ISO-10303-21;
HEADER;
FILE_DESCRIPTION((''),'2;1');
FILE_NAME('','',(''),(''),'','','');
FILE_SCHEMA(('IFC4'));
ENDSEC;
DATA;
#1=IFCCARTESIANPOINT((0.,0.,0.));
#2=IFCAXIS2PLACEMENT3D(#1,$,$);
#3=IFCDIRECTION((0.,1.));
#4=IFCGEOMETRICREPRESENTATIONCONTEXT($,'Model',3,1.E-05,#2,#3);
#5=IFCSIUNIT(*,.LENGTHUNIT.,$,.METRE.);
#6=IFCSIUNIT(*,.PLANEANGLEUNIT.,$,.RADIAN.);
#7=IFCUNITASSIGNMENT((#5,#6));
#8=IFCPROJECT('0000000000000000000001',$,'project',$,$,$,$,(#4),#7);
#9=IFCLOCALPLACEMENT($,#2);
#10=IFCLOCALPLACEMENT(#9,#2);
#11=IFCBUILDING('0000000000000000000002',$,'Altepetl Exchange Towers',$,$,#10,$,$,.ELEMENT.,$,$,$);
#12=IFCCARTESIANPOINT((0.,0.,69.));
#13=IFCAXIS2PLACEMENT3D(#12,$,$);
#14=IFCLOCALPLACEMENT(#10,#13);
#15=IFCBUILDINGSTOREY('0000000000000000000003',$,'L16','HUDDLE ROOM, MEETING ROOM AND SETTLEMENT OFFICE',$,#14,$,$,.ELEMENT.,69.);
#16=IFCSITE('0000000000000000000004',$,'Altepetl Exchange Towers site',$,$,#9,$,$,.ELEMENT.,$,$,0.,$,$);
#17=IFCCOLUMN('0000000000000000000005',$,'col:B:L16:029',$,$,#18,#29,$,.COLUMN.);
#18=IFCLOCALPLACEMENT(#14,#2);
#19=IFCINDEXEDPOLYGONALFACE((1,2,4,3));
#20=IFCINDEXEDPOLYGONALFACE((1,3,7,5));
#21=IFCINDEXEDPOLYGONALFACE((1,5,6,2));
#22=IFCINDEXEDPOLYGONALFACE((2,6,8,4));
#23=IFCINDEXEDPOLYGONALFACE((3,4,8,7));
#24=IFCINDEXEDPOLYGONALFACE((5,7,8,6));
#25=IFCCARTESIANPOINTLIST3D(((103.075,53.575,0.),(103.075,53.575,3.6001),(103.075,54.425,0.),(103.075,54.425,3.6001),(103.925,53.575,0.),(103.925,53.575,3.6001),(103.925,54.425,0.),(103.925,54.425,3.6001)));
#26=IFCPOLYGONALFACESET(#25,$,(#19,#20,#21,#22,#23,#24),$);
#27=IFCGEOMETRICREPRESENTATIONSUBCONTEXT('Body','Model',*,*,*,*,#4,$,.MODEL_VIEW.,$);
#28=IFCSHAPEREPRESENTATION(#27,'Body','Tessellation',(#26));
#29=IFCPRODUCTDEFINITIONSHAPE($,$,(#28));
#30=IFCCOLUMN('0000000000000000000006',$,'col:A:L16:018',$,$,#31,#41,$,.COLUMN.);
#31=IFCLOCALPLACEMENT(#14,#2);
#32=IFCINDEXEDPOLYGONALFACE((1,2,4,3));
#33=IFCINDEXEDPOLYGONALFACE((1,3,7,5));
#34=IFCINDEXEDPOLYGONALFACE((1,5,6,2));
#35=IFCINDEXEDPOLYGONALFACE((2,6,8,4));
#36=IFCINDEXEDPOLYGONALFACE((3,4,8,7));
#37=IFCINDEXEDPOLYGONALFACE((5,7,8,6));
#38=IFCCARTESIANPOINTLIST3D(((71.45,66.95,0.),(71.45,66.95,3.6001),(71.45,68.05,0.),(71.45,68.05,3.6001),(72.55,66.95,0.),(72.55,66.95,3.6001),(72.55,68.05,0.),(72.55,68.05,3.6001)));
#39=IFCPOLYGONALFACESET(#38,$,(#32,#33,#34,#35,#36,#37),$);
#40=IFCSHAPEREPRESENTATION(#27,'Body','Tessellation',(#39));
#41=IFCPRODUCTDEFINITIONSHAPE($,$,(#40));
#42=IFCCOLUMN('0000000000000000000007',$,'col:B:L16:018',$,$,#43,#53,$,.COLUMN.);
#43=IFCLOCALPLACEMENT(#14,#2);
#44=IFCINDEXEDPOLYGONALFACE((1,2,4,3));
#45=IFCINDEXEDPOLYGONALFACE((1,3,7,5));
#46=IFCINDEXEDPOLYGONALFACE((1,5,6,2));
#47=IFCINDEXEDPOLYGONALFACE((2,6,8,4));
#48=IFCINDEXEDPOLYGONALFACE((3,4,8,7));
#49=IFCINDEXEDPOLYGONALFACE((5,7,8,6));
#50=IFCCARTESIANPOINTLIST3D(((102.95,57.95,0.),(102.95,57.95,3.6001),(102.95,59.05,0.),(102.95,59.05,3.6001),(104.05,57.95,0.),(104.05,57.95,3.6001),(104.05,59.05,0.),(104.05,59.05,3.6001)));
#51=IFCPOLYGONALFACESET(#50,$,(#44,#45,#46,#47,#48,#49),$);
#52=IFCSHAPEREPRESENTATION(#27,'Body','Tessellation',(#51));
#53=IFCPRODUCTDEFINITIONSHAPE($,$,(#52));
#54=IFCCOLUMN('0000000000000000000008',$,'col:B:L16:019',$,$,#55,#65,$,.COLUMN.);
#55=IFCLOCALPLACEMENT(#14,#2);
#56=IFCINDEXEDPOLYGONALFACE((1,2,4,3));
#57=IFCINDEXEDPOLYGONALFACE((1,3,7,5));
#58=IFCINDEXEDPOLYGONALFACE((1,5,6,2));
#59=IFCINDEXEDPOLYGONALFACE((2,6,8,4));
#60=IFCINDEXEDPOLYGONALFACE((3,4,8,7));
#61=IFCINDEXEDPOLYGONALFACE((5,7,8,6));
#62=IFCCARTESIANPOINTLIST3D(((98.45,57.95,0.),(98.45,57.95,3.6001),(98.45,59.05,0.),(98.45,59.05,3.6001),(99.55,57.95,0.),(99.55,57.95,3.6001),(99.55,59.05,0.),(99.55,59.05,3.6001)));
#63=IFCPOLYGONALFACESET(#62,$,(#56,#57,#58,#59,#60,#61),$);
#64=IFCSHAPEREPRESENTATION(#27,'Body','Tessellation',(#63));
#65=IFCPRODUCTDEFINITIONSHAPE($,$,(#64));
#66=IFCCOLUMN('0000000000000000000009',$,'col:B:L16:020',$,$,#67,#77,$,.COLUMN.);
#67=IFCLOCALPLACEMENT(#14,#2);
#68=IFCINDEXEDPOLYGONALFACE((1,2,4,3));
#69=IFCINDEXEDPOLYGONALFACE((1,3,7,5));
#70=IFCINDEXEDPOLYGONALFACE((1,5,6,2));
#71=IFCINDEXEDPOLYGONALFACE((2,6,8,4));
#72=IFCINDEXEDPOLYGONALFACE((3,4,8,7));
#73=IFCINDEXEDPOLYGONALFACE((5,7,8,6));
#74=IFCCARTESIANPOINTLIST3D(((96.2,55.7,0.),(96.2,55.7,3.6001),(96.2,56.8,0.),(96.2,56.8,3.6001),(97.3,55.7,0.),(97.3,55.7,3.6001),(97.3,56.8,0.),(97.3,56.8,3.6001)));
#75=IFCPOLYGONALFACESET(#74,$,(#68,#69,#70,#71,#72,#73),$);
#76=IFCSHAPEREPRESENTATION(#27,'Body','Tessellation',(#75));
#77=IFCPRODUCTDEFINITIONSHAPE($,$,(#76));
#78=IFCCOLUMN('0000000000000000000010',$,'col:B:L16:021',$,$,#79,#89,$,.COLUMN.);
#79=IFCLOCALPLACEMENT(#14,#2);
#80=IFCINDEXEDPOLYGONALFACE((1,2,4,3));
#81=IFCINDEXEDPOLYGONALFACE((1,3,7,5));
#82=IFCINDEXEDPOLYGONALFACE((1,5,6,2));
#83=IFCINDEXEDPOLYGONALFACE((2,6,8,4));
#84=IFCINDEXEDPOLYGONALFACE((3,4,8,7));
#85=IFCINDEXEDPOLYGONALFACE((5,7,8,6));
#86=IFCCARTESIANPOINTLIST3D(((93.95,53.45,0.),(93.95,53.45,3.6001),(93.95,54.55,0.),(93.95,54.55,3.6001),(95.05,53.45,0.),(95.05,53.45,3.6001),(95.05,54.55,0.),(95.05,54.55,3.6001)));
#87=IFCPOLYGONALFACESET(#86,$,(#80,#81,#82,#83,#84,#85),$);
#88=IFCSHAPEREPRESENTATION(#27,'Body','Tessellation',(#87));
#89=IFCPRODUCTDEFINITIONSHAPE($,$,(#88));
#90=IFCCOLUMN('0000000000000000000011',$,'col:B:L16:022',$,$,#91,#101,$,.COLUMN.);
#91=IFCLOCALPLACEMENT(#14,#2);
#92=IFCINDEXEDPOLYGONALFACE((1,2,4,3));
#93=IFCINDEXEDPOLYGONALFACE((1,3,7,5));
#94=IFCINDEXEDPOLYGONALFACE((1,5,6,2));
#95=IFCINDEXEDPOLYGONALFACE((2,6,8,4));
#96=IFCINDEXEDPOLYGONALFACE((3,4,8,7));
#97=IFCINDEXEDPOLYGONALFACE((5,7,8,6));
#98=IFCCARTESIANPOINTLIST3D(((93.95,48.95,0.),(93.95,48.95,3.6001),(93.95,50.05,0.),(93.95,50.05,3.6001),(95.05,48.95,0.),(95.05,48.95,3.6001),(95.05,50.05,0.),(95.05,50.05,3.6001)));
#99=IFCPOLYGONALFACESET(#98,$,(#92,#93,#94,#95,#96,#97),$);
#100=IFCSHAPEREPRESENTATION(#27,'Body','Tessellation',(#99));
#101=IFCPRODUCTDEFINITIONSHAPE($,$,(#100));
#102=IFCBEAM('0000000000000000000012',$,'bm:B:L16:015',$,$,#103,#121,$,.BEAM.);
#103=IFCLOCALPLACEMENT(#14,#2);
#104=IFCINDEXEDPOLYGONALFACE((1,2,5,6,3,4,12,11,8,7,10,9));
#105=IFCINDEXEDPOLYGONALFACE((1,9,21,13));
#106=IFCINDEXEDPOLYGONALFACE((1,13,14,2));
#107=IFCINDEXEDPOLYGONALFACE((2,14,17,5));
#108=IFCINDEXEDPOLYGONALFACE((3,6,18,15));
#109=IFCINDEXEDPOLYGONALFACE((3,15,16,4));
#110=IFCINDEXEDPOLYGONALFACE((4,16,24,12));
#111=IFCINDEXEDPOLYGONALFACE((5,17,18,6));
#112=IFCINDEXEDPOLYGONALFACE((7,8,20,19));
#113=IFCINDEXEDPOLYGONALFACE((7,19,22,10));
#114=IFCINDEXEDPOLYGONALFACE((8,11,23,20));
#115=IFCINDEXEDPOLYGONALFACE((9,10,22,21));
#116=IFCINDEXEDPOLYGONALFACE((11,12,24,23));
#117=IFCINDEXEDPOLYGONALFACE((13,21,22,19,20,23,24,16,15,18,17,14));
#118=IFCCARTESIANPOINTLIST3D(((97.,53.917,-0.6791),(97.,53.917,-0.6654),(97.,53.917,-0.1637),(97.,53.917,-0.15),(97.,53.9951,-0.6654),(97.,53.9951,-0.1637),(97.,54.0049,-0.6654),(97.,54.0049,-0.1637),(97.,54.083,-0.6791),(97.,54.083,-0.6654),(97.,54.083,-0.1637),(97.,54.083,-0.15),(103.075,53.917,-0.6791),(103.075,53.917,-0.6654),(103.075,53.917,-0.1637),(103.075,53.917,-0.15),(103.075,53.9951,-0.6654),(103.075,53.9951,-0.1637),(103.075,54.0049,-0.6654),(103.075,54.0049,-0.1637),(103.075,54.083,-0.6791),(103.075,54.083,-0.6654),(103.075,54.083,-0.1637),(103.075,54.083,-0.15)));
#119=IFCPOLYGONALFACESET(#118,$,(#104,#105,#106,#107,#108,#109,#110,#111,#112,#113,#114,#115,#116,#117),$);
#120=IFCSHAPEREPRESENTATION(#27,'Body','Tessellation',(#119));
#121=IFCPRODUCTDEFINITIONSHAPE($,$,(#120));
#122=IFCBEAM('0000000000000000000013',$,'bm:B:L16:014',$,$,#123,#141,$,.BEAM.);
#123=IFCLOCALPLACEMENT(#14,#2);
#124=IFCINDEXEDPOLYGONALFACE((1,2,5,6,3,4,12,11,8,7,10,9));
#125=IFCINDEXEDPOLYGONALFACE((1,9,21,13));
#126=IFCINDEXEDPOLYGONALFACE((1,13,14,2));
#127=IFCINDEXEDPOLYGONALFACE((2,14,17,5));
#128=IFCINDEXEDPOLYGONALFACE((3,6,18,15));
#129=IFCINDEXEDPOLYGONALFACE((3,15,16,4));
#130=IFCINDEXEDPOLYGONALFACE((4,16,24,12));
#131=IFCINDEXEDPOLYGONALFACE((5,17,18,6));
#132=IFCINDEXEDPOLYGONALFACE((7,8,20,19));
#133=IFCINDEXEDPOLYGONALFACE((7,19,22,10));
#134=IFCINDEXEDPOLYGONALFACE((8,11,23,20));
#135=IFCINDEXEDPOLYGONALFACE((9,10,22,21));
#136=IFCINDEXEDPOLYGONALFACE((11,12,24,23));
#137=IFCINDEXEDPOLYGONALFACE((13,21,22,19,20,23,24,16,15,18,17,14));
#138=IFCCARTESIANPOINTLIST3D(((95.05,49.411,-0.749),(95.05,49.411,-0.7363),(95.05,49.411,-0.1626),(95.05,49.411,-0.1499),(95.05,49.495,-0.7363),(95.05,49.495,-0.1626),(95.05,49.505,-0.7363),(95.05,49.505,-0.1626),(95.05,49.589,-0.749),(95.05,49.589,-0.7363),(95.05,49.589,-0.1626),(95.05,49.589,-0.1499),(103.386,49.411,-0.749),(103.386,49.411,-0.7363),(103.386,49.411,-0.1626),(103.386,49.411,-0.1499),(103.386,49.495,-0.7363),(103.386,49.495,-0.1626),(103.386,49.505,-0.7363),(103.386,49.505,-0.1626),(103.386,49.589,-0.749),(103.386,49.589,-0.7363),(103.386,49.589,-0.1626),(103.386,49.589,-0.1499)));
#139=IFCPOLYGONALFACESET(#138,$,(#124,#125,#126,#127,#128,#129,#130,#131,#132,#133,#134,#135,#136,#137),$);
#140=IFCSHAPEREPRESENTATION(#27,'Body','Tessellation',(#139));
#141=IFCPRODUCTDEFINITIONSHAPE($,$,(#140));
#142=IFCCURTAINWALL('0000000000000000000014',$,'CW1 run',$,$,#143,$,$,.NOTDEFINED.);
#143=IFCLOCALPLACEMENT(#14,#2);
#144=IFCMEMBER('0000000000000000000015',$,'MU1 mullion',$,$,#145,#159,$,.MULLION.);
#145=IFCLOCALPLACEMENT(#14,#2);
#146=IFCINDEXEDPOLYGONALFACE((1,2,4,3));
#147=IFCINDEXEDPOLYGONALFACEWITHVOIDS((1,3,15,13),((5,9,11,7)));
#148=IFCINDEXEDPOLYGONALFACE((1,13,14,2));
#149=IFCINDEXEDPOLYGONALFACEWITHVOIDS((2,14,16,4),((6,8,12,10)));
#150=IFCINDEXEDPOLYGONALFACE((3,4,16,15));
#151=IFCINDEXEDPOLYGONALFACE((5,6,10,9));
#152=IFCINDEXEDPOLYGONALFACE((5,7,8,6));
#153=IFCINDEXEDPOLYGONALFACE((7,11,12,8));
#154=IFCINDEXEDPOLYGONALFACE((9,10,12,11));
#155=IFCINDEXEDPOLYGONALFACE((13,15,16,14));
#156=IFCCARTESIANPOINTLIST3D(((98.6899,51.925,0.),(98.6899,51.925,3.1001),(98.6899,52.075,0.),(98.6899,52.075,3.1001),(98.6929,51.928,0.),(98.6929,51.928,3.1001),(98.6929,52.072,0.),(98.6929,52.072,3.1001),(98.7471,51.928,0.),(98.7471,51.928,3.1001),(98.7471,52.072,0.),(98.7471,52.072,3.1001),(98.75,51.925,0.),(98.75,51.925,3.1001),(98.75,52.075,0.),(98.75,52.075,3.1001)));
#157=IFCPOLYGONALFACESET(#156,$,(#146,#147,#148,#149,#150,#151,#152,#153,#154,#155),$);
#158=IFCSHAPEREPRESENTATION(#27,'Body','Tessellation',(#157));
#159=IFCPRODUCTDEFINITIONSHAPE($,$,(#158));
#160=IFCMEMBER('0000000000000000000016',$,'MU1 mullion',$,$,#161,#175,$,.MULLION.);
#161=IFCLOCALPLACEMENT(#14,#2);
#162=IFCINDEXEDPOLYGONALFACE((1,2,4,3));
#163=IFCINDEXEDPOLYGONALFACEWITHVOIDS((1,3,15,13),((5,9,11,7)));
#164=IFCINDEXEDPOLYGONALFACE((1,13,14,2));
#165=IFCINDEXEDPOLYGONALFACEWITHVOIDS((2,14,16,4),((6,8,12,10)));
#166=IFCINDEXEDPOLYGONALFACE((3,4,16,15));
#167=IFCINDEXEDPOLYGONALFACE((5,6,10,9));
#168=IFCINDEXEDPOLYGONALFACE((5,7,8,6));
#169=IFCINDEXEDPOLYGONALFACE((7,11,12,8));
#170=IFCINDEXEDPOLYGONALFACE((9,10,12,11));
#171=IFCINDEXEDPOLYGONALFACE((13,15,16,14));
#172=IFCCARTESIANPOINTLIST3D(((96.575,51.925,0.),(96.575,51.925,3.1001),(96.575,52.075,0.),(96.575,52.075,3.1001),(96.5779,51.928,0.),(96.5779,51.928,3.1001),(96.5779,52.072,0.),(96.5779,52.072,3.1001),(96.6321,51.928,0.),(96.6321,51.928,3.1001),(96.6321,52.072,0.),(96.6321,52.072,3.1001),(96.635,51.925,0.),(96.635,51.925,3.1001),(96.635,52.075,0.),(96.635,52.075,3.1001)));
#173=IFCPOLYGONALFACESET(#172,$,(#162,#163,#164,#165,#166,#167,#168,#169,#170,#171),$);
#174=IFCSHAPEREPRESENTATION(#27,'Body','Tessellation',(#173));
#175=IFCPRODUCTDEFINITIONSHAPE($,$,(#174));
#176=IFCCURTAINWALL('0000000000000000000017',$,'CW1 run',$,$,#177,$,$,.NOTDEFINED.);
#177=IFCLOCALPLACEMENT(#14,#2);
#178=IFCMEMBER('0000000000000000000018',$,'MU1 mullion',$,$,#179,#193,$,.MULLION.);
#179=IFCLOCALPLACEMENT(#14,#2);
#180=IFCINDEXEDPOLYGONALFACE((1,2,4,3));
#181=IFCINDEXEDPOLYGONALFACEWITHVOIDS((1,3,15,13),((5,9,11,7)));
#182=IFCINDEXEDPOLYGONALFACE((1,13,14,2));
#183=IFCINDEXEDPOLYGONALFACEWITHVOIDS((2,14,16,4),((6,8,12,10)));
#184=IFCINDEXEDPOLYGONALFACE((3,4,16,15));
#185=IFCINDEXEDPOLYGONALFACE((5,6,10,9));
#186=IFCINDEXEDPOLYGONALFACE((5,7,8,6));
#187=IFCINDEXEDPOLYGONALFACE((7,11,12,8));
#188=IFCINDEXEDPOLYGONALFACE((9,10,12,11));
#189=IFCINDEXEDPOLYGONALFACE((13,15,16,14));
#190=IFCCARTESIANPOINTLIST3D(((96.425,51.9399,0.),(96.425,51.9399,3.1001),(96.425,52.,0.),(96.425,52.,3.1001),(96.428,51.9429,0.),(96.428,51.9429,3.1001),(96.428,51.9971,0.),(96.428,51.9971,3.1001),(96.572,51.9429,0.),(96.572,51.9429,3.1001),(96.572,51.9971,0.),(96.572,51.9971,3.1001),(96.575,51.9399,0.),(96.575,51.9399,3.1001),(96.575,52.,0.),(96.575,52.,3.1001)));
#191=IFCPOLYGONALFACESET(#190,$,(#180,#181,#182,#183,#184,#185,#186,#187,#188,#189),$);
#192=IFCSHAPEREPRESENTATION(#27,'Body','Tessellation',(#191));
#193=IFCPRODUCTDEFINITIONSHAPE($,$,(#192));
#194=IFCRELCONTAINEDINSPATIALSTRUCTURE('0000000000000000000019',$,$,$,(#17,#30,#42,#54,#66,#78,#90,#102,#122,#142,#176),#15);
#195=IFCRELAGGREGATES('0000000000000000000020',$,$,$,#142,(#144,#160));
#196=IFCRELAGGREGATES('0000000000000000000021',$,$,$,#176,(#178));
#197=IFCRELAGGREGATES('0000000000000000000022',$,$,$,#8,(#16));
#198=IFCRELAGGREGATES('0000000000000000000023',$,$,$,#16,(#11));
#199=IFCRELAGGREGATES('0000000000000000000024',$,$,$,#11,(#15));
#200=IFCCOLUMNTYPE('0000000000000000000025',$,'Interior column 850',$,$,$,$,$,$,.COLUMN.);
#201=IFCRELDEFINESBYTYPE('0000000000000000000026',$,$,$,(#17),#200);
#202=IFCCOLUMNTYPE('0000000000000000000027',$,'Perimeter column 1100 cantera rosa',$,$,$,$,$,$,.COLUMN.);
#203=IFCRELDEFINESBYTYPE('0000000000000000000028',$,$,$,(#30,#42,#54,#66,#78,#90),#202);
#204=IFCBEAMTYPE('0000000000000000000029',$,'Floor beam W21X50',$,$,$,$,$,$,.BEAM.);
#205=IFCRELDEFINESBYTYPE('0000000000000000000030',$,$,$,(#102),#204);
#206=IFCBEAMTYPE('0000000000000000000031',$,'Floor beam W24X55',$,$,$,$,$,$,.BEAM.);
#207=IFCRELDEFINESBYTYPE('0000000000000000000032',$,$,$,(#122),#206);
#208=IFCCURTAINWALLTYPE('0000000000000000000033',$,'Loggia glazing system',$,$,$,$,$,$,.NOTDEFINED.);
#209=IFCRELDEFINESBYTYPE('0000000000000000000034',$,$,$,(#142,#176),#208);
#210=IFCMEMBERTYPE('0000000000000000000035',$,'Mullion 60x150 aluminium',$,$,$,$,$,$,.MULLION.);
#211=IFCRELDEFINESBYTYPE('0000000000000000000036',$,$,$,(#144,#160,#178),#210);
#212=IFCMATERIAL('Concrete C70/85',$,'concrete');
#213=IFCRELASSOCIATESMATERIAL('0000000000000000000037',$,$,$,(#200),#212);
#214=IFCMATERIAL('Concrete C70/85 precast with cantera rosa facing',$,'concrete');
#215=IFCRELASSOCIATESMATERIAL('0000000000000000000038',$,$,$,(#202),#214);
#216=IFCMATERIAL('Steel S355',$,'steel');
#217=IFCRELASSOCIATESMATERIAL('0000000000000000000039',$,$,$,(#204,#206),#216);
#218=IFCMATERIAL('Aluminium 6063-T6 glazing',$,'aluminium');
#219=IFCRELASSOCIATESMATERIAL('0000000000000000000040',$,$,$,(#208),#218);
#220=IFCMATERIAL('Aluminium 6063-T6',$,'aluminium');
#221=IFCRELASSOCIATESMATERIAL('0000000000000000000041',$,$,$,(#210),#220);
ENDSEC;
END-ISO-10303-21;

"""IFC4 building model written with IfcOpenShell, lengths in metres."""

from ifc_helpers import new_model, si_unit, direction, frame, origin, origin_2d, place, context, subcontext, project, spatial, rectangle, hollow_rectangle, i_section, extrude, material, material_profile, profile_set, type_object, element, aggregate, save


model = new_model("IFC4")

# Units and contexts
model_context = context("Model", 3, precision=1e-05, world=origin(), true_north=direction((0.0, 1.0)))
body_context = subcontext(model_context, "Body", "Model", "MODEL_VIEW")
ifc_project = project(units=[si_unit("LENGTHUNIT", "METRE"), si_unit("PLANEANGLEUNIT", "RADIAN")], contexts=[model_context])

# Site, building, storey
site_placement = place(None, origin())
site = spatial("IfcSite", under=ifc_project, at=site_placement, Name="Altepetl Exchange Towers site", CompositionType="ELEMENT", RefElevation=0.0)
building_placement = place(site_placement, origin())
building = spatial("IfcBuilding", under=site, at=building_placement, Name="Altepetl Exchange Towers", CompositionType="ELEMENT")
storey_placement = place(building_placement, frame((0.0, 0.0, 69.0)))
storey = spatial("IfcBuildingStorey", under=building, at=storey_placement, Name="L16", Description="HUDDLE ROOM, MEETING ROOM AND SETTLEMENT OFFICE", CompositionType="ELEMENT", Elevation=69.0)

# Columns
ifc_material_1 = material(Name="Concrete C70/85", Category="concrete")
ifc_material_profile_1 = material_profile(ifc_material_1, rectangle(XDim=0.8501, YDim=0.8501, at=origin_2d()), Name="850 x 850")
ifc_profile_set_1 = profile_set([ifc_material_profile_1], Name="Concrete C70/85")
column_type_1 = type_object("IfcColumnType", Name="Interior column 850", PredefinedType="COLUMN", material=ifc_profile_set_1)
column_placement = place(storey_placement, frame((103.5, 54.0, 0.0)))
element("IfcColumn", 1, at=column_placement, inside=storey, type_object=column_type_1, Name="col:B:L16:029", PredefinedType="COLUMN", context=body_context, shape_type="SweptSolid", body=[
    extrude(rectangle(XDim=0.8501, YDim=0.8501, at=origin_2d()), origin(), (0.0, 0.0, 1.0), 3.6001),
])
ifc_material_2 = material(Name="Concrete C70/85 precast with cantera rosa facing", Category="concrete")
ifc_material_profile_2 = material_profile(ifc_material_2, rectangle(XDim=1.1001, YDim=1.1001, at=origin_2d()), Name="1100 x 1100")
ifc_profile_set_2 = profile_set([ifc_material_profile_2], Name="Concrete C70/85 precast with cantera rosa facing")
column_type_2 = type_object("IfcColumnType", Name="Perimeter column 1100 cantera rosa", PredefinedType="COLUMN", material=ifc_profile_set_2)
for number, where, name in (
    (2, (72.0, 67.5, 0.0), "col:A:L16:018"),
    (3, (103.5, 58.5, 0.0), "col:B:L16:018"),
    (4, (99.0, 58.5, 0.0), "col:B:L16:019"),
    (5, (96.75, 56.25, 0.0), "col:B:L16:020"),
    (6, (94.5, 54.0, 0.0), "col:B:L16:021"),
    (7, (94.5, 49.5, 0.0), "col:B:L16:022"),
):
    element("IfcColumn", number, at=place(storey_placement, frame(where)), inside=storey, type_object=column_type_2, Name=name, PredefinedType="COLUMN", context=body_context, shape_type="SweptSolid", body=[
        extrude(rectangle(XDim=1.1001, YDim=1.1001, at=origin_2d()), origin(), (0.0, 0.0, 1.0), 3.6001),
    ])

# Beams
ifc_material_3 = material(Name="Steel S355", Category="steel")
ifc_material_profile_3 = material_profile(ifc_material_3, i_section(OverallWidth=0.166, OverallDepth=0.5291, WebThickness=0.0098, FlangeThickness=0.0137, at=origin_2d()), Name="W21X50")
ifc_profile_set_3 = profile_set([ifc_material_profile_3], Name="Steel S355")
beam_type_1 = type_object("IfcBeamType", Name="Floor beam W21X50", PredefinedType="BEAM", material=ifc_profile_set_3)
beam_1_placement = place(storey_placement, frame((97.0, 54.0, -0.4146), z_axis=(1.0, 0.0, 0.0), x_axis=(0.0, 1.0, 0.0)))
element("IfcBeam", 8, at=beam_1_placement, inside=storey, type_object=beam_type_1, Name="bm:B:L16:015", PredefinedType="BEAM", context=body_context, shape_type="SweptSolid", body=[
    extrude(i_section(OverallWidth=0.166, OverallDepth=0.5291, WebThickness=0.0098, FlangeThickness=0.0137, at=origin_2d()), origin(), (0.0, 0.0, 1.0), 6.075),
])
ifc_material_profile_4 = material_profile(ifc_material_3, i_section(OverallWidth=0.178, OverallDepth=0.5991, WebThickness=0.01, FlangeThickness=0.0127, at=origin_2d()), Name="W24X55")
ifc_profile_set_4 = profile_set([ifc_material_profile_4], Name="Steel S355")
beam_type_2 = type_object("IfcBeamType", Name="Floor beam W24X55", PredefinedType="BEAM", material=ifc_profile_set_4)
beam_2_placement = place(storey_placement, frame((95.05, 49.5, -0.4495), z_axis=(1.0, 0.0, 0.0), x_axis=(0.0, 1.0, 0.0)))
element("IfcBeam", 9, at=beam_2_placement, inside=storey, type_object=beam_type_2, Name="bm:B:L16:014", PredefinedType="BEAM", context=body_context, shape_type="SweptSolid", body=[
    extrude(i_section(OverallWidth=0.178, OverallDepth=0.5991, WebThickness=0.01, FlangeThickness=0.0127, at=origin_2d()), origin(), (0.0, 0.0, 1.0), 8.3359),
])

# Curtain walls, members
ifc_material_4 = material(Name="Aluminium 6063-T6 glazing", Category="aluminium")
curtain_wall_type = type_object("IfcCurtainWallType", Name="Loggia glazing system", PredefinedType="NOTDEFINED", material=ifc_material_4)
curtain_wall_1_placement = place(storey_placement, origin())
curtain_wall_1 = element("IfcCurtainWall", 10, at=curtain_wall_1_placement, inside=storey, type_object=curtain_wall_type, Name="CW1 run", PredefinedType="NOTDEFINED")
ifc_material_5 = material(Name="Aluminium 6063-T6", Category="aluminium")
ifc_material_profile_5 = material_profile(ifc_material_5, hollow_rectangle(XDim=0.0601, YDim=0.1499, WallThickness=0.0029, at=origin_2d()), Name="Mullion 60x150 aluminium")
ifc_profile_set_5 = profile_set([ifc_material_profile_5], Name="Aluminium 6063-T6")
member_type = type_object("IfcMemberType", Name="Mullion 60x150 aluminium", PredefinedType="MULLION", material=ifc_profile_set_5)
member_1_placement = place(storey_placement, frame((98.72, 52.0, 0.0), z_axis=(0.0, 0.0, 1.0), x_axis=(-1.0, 0.0, 0.0)))
member_1 = element("IfcMember", 11, at=member_1_placement, type_object=member_type, Name="MU1 mullion", PredefinedType="MULLION", context=body_context, shape_type="SweptSolid", body=[
    extrude(hollow_rectangle(XDim=0.0601, YDim=0.1499, WallThickness=0.0029, at=origin_2d()), origin(), (0.0, 0.0, 1.0), 3.1001),
])
member_2_placement = place(storey_placement, frame((96.605, 52.0, 0.0), z_axis=(0.0, 0.0, 1.0), x_axis=(-1.0, 0.0, 0.0)))
member_2 = element("IfcMember", 12, at=member_2_placement, type_object=member_type, Name="MU1 mullion", PredefinedType="MULLION", context=body_context, shape_type="SweptSolid", body=[
    extrude(hollow_rectangle(XDim=0.0601, YDim=0.1499, WallThickness=0.0029, at=origin_2d()), origin(), (0.0, 0.0, 1.0), 3.1001),
])
curtain_wall_2_placement = place(storey_placement, origin())
curtain_wall_2 = element("IfcCurtainWall", 13, at=curtain_wall_2_placement, inside=storey, type_object=curtain_wall_type, Name="CW1 run", PredefinedType="NOTDEFINED")
member_3_placement = place(storey_placement, frame((96.5, 51.97, 0.0), z_axis=(0.0, 0.0, 1.0), x_axis=(0.0, -1.0, 0.0)))
member_3 = element("IfcMember", 14, at=member_3_placement, type_object=member_type, Name="MU1 mullion", PredefinedType="MULLION", context=body_context, shape_type="SweptSolid", body=[
    extrude(hollow_rectangle(XDim=0.0601, YDim=0.1499, WallThickness=0.0029, at=origin_2d()), origin(), (0.0, 0.0, 1.0), 3.1001),
])

aggregate(curtain_wall_1, [member_1, member_2])
aggregate(curtain_wall_2, [member_3])

save(model, "model.ifc")
